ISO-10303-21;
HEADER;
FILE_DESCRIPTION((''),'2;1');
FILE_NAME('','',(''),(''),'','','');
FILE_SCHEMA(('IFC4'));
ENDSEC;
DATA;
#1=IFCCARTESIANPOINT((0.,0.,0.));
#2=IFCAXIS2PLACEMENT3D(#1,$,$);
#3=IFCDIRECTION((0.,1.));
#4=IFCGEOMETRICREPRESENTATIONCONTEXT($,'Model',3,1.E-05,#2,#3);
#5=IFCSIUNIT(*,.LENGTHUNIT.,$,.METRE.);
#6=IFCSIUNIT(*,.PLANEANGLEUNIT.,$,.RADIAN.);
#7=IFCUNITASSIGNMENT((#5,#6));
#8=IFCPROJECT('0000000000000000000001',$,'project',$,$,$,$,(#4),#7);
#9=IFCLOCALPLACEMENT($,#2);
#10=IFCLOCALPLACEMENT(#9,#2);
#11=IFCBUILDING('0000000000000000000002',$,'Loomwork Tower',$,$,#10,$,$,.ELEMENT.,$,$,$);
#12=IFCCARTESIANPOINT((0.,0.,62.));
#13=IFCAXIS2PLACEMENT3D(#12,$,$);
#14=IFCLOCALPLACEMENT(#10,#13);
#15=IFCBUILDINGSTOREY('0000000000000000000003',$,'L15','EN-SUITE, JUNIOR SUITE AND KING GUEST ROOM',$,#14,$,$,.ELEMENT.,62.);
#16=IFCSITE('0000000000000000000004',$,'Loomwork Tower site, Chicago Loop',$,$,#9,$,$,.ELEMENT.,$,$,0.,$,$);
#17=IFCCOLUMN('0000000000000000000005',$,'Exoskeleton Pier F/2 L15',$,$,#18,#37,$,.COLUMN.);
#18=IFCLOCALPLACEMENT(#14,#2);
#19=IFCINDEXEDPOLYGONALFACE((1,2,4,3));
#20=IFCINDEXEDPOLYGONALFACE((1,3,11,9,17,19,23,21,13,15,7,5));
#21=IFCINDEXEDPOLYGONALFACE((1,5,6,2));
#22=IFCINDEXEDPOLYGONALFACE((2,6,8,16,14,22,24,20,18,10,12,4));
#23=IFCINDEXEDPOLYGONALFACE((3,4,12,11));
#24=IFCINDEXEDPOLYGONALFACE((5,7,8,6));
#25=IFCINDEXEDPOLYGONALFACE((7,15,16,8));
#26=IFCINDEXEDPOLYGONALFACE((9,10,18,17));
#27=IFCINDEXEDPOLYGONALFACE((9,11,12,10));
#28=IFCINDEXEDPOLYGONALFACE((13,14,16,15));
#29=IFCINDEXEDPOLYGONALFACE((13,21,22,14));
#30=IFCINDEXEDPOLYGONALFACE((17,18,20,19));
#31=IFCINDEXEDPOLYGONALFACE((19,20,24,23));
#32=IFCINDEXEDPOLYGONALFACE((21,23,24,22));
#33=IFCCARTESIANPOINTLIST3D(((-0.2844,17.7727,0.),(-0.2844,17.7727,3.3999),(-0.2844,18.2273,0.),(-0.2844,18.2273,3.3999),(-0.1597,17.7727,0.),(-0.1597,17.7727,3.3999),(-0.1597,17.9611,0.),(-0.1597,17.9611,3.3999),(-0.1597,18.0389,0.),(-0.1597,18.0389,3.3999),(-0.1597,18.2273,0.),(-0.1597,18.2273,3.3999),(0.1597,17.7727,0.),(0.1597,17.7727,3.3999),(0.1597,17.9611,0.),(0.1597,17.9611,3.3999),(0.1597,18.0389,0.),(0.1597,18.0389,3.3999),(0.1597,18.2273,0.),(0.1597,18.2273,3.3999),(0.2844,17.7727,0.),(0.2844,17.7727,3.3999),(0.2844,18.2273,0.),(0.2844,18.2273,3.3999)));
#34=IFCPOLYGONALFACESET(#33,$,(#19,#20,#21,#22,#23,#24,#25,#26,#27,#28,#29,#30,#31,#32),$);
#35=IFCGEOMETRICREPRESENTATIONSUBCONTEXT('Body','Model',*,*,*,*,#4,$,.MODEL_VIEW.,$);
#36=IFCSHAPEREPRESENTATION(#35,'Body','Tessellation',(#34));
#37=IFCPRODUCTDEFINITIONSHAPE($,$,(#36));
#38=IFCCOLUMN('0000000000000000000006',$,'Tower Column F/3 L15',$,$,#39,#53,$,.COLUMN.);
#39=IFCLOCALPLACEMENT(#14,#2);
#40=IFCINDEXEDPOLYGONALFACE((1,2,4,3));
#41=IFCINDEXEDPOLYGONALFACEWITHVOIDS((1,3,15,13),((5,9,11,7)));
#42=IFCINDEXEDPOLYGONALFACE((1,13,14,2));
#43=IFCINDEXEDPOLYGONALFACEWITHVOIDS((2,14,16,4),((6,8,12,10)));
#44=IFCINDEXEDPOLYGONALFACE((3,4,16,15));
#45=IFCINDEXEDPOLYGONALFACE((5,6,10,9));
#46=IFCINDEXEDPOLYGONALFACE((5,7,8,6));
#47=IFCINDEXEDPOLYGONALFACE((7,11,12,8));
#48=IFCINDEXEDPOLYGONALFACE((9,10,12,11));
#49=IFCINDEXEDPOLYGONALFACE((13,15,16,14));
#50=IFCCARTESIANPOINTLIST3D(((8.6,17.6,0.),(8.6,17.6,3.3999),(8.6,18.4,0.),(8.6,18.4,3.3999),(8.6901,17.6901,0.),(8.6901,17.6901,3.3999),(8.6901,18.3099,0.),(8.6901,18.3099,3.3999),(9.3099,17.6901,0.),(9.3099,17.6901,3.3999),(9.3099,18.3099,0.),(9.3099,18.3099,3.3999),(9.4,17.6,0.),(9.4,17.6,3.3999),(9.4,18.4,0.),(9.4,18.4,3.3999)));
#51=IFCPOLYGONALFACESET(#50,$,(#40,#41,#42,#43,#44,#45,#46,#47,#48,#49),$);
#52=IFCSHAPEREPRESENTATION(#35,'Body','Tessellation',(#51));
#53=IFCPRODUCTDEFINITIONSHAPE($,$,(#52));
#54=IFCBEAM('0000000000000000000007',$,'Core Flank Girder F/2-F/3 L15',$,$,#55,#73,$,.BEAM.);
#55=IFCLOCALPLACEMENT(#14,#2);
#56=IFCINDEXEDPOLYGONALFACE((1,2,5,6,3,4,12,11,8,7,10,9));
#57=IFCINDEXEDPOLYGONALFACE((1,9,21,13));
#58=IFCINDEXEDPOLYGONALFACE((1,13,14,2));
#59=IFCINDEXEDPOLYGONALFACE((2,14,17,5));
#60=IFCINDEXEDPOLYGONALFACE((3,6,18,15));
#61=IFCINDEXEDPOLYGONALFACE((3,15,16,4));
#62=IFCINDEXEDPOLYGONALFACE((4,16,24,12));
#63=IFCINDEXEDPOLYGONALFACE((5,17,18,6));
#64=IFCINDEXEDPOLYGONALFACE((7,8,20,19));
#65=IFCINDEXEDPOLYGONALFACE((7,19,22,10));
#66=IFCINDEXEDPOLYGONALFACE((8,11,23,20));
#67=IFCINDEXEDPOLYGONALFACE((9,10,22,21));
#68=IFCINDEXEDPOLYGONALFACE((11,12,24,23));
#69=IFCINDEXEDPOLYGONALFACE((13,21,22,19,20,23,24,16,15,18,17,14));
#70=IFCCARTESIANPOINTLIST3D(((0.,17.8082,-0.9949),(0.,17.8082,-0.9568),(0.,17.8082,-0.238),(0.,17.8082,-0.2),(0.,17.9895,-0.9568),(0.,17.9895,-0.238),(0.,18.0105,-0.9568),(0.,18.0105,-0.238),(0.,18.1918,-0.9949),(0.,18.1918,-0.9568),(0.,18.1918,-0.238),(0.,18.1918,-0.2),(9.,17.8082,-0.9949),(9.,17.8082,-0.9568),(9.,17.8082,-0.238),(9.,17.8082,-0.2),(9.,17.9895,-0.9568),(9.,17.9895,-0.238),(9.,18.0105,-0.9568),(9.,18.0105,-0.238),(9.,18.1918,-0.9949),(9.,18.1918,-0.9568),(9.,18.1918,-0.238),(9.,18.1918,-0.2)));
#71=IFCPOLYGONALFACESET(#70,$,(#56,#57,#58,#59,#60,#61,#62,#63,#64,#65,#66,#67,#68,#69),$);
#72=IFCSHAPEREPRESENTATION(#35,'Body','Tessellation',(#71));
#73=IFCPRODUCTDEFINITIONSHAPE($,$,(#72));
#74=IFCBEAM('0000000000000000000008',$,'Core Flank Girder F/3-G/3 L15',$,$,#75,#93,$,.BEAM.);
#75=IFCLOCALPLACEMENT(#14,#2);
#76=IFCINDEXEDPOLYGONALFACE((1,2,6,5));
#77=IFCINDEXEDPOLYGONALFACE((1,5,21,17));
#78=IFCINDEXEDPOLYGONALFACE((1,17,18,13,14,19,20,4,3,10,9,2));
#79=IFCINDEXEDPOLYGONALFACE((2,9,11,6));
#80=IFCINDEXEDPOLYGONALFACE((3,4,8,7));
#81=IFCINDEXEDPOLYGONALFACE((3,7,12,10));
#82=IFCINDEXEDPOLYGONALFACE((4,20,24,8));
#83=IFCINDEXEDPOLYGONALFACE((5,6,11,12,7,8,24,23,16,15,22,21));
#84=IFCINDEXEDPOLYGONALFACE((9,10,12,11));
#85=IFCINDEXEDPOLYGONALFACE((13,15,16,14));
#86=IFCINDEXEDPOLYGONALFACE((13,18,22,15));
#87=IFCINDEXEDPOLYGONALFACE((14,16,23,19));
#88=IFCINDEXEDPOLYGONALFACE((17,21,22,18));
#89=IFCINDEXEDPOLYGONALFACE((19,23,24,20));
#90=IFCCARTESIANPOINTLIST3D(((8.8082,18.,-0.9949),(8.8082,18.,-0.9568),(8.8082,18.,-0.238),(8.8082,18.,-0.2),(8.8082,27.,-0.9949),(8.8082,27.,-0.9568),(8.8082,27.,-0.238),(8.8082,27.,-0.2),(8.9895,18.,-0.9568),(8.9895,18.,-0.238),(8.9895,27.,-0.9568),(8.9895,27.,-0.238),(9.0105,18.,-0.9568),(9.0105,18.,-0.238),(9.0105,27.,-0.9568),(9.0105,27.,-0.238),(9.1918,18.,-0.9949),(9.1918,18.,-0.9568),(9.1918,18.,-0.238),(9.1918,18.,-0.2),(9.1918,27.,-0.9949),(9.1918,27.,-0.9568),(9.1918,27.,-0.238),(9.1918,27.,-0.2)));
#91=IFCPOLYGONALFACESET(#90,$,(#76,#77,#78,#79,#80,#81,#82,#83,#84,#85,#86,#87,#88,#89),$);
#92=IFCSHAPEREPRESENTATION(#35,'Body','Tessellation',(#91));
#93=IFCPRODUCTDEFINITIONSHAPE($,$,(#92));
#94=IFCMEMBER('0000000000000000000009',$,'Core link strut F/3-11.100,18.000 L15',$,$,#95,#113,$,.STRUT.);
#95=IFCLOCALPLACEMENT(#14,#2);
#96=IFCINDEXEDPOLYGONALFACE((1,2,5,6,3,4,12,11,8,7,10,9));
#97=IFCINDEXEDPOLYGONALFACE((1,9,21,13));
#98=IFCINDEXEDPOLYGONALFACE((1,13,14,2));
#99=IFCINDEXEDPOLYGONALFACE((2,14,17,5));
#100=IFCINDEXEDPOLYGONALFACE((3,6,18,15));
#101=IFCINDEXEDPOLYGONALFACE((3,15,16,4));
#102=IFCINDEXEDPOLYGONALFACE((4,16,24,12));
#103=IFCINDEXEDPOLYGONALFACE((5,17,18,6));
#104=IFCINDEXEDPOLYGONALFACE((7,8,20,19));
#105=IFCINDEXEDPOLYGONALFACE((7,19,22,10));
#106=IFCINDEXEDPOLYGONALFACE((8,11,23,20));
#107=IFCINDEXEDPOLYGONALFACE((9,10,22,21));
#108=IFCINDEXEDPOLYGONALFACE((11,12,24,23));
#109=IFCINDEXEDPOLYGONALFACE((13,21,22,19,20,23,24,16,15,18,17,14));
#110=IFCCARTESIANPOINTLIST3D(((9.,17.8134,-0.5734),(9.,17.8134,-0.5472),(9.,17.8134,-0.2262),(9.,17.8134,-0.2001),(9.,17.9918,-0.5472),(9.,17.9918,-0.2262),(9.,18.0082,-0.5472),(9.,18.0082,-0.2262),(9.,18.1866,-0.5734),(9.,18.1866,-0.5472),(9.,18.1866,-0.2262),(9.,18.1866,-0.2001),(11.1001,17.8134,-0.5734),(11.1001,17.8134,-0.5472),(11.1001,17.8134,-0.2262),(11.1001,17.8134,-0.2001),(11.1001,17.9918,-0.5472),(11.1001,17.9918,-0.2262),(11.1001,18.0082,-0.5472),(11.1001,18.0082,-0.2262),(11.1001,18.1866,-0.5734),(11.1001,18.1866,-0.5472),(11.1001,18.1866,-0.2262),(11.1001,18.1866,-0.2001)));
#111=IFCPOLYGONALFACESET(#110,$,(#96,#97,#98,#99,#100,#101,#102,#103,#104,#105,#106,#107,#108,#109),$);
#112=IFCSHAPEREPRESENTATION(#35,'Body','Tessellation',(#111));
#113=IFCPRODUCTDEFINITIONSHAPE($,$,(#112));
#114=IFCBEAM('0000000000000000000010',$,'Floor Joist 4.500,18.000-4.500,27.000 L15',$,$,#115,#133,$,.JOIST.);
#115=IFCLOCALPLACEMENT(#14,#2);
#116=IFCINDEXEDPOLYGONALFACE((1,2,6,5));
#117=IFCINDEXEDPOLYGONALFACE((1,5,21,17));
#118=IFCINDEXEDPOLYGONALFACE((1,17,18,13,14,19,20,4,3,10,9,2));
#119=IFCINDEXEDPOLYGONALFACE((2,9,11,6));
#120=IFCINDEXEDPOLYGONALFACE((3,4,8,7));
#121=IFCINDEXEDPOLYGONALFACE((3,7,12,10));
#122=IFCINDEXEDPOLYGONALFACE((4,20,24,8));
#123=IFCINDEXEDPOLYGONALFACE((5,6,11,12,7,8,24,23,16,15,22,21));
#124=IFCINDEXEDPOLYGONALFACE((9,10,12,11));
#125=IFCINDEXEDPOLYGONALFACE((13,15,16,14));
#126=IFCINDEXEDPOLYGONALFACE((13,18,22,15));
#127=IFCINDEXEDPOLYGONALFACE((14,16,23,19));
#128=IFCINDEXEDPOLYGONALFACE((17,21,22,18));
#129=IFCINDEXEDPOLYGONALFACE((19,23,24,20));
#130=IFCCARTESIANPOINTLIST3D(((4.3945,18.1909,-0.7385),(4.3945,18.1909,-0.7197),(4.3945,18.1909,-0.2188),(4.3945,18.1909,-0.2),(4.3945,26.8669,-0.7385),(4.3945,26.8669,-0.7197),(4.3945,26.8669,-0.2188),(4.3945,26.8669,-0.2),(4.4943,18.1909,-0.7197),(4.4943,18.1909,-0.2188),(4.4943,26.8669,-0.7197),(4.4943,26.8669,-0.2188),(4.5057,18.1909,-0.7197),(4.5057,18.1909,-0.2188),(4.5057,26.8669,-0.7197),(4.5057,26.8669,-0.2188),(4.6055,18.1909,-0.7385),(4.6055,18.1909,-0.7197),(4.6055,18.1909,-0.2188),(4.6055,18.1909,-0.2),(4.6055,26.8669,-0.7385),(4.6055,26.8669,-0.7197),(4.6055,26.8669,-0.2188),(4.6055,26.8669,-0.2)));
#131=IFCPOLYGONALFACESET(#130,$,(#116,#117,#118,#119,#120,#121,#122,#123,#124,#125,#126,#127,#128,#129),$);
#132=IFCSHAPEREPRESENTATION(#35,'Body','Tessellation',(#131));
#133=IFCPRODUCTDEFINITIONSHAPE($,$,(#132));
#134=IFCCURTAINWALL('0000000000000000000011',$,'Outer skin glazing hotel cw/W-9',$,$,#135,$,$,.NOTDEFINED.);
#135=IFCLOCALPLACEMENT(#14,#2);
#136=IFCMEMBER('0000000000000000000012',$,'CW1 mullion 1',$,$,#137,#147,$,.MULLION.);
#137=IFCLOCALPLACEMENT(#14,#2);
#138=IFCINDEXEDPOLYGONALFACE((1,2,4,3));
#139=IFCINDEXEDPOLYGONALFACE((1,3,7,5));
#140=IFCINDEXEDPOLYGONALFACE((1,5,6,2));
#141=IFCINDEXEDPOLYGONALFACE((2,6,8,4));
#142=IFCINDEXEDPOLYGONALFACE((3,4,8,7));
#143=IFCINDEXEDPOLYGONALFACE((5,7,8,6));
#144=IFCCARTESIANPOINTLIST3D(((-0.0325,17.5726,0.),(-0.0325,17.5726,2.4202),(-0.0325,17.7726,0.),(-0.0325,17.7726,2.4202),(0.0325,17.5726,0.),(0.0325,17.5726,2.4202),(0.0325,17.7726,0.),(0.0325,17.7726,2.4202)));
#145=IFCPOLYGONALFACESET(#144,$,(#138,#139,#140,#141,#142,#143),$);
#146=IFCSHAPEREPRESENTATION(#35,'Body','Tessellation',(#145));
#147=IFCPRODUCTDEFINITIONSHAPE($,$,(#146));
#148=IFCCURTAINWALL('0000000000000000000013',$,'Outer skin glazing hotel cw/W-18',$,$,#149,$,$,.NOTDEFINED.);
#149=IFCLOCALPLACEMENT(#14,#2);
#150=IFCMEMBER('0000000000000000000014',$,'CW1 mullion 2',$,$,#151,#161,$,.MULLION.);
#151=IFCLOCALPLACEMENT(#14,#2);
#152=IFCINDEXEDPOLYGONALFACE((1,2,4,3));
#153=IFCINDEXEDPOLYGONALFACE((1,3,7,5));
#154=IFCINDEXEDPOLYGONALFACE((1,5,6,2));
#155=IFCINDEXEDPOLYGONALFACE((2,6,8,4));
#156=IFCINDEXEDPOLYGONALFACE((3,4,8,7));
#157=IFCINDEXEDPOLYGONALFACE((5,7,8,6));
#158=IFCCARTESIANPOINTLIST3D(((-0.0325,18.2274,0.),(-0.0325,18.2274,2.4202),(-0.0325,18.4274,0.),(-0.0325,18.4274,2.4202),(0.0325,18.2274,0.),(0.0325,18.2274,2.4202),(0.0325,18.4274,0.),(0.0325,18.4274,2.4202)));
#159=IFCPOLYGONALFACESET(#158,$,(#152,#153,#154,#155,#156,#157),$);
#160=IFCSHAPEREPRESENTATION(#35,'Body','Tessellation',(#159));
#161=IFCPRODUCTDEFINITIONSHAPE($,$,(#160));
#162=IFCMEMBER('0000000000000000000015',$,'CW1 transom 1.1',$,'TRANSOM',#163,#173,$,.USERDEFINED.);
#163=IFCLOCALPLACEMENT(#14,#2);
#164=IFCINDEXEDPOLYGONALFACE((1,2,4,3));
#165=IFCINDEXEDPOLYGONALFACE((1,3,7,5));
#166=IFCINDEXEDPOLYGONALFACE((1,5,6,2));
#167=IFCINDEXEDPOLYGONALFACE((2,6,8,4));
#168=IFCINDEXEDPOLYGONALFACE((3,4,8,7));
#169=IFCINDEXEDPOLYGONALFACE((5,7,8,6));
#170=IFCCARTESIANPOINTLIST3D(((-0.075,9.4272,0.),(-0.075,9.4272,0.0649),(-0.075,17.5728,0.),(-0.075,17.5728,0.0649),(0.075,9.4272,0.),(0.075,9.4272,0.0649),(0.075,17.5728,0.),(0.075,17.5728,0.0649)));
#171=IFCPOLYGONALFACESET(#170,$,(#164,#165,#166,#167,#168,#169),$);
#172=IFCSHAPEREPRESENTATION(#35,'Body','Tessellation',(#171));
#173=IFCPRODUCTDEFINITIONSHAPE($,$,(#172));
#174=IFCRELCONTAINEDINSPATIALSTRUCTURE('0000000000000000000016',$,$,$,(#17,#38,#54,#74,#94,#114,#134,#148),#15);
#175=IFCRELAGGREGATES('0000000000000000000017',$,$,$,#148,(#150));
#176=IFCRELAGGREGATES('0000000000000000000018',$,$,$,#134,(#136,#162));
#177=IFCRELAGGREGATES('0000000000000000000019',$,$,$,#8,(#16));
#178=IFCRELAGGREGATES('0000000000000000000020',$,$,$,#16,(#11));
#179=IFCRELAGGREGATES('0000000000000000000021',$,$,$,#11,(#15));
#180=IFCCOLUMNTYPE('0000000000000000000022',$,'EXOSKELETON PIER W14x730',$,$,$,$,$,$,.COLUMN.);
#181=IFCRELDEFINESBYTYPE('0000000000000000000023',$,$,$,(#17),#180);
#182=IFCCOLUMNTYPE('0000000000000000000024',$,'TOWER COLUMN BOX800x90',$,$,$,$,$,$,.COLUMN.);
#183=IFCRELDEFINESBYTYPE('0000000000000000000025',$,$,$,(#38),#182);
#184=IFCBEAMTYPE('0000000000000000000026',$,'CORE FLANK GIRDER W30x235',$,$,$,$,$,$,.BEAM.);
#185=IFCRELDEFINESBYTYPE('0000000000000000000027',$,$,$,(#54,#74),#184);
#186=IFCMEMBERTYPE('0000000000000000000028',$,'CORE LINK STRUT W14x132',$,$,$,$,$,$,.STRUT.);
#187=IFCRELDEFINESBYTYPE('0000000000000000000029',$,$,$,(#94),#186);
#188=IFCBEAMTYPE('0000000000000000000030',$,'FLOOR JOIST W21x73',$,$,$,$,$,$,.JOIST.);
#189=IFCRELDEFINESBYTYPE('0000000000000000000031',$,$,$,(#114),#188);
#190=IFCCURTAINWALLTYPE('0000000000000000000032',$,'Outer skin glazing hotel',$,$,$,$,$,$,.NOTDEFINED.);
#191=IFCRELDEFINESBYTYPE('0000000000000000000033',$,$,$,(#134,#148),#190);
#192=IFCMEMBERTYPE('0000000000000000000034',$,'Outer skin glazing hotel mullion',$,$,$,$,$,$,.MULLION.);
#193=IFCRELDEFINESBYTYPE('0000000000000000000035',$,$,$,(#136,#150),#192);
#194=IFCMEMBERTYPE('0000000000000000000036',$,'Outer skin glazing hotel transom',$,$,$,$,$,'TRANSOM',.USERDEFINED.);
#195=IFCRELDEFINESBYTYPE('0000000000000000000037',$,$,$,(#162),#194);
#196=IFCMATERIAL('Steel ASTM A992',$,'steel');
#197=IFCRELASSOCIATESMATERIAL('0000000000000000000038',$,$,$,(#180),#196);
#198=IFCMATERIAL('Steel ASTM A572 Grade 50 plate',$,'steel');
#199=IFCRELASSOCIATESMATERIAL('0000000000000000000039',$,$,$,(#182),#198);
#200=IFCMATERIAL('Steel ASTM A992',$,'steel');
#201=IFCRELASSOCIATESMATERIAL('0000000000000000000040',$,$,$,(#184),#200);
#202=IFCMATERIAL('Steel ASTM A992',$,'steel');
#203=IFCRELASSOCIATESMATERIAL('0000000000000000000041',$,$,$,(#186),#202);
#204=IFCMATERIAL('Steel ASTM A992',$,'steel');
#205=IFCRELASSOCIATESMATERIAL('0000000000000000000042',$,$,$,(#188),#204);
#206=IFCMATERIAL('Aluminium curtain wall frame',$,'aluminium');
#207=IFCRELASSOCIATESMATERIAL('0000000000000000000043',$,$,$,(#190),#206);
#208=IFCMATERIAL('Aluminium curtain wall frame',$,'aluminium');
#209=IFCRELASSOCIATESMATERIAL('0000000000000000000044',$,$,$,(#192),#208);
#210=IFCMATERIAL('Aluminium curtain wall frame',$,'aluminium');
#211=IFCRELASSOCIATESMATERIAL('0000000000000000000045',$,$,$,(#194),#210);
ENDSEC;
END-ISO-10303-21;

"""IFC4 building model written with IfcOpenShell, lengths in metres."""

from ifc_helpers import new_model, si_unit, direction, frame, origin, origin_2d, place, context, subcontext, project, spatial, rectangle, hollow_rectangle, i_section, extrude, material, material_profile, profile_set, type_object, element, aggregate, save


model = new_model("IFC4")

# Units and contexts
model_context = context("Model", 3, precision=1e-05, world=origin(), true_north=direction((0.0, 1.0)))
body_context = subcontext(model_context, "Body", "Model", "MODEL_VIEW")
ifc_project = project(units=[si_unit("LENGTHUNIT", "METRE"), si_unit("PLANEANGLEUNIT", "RADIAN")], contexts=[model_context])

# Site, building, storey
site_placement = place(None, origin())
site = spatial("IfcSite", under=ifc_project, at=site_placement, Name="Loomwork Tower site, Chicago Loop", CompositionType="ELEMENT", RefElevation=0.0)
building_placement = place(site_placement, origin())
building = spatial("IfcBuilding", under=site, at=building_placement, Name="Loomwork Tower", CompositionType="ELEMENT")
storey_placement = place(building_placement, frame((0.0, 0.0, 62.0)))
storey = spatial("IfcBuildingStorey", under=building, at=storey_placement, Name="L15", Description="EN-SUITE, JUNIOR SUITE AND KING GUEST ROOM", CompositionType="ELEMENT", Elevation=62.0)

# Columns
ifc_material_1 = material(Name="Steel ASTM A992", Category="steel")
ifc_material_profile_1 = material_profile(ifc_material_1, i_section(OverallWidth=0.4546, OverallDepth=0.5688, WebThickness=0.0779, FlangeThickness=0.1248, at=origin_2d()), Name="W14x730")
ifc_profile_set_1 = profile_set([ifc_material_profile_1], Name="Steel ASTM A992")
column_type_1 = type_object("IfcColumnType", Name="EXOSKELETON PIER W14x730", PredefinedType="COLUMN", material=ifc_profile_set_1)
column_1_placement = place(storey_placement, frame((0.0, 18.0, 0.0), z_axis=(0.0, 0.0, 1.0), x_axis=(0.0, 1.0, 0.0)))
element("IfcColumn", 1, at=column_1_placement, inside=storey, type_object=column_type_1, Name="Exoskeleton Pier F/2 L15", PredefinedType="COLUMN", context=body_context, shape_type="SweptSolid", body=[
    extrude(i_section(OverallWidth=0.4546, OverallDepth=0.5688, WebThickness=0.0779, FlangeThickness=0.1248, at=origin_2d()), origin(), (0.0, 0.0, 1.0), 3.3999),
])
ifc_material_2 = material(Name="Steel ASTM A572 Grade 50 plate", Category="steel")
ifc_material_profile_2 = material_profile(ifc_material_2, hollow_rectangle(XDim=0.8, YDim=0.8, WallThickness=0.0901, at=origin_2d()), Name="BOX800x90")
ifc_profile_set_2 = profile_set([ifc_material_profile_2], Name="Steel ASTM A572 Grade 50 plate")
column_type_2 = type_object("IfcColumnType", Name="TOWER COLUMN BOX800x90", PredefinedType="COLUMN", material=ifc_profile_set_2)
column_2_placement = place(storey_placement, frame((9.0, 18.0, 0.0), z_axis=(0.0, 0.0, 1.0), x_axis=(1.0, 0.0, 0.0)))
element("IfcColumn", 2, at=column_2_placement, inside=storey, type_object=column_type_2, Name="Tower Column F/3 L15", PredefinedType="COLUMN", context=body_context, shape_type="SweptSolid", body=[
    extrude(hollow_rectangle(XDim=0.8, YDim=0.8, WallThickness=0.0901, at=origin_2d()), origin(), (0.0, 0.0, 1.0), 3.3999),
])

# Beams
ifc_material_3 = material(Name="Steel ASTM A992", Category="steel")
ifc_material_profile_3 = material_profile(ifc_material_3, i_section(OverallWidth=0.3835, OverallDepth=0.7949, WebThickness=0.021, FlangeThickness=0.0381, at=origin_2d()), Name="W30x235")
ifc_profile_set_3 = profile_set([ifc_material_profile_3], Name="Steel ASTM A992")
beam_type_1 = type_object("IfcBeamType", Name="CORE FLANK GIRDER W30x235", PredefinedType="BEAM", material=ifc_profile_set_3)
for number, where, z_axis, x_axis, name in (
    (3, (0.0, 18.0, -0.5974), (1.0, 0.0, 0.0), (0.0, 1.0, 0.0), "Core Flank Girder F/2-F/3 L15"),
    (4, (9.0, 18.0, -0.5974), (0.0, 1.0, 0.0), (-1.0, 0.0, 0.0), "Core Flank Girder F/3-G/3 L15"),
):
    element("IfcBeam", number, at=place(storey_placement, frame(where, z_axis=z_axis, x_axis=x_axis)), inside=storey, type_object=beam_type_1, Name=name, PredefinedType="BEAM", context=body_context, shape_type="SweptSolid", body=[
        extrude(i_section(OverallWidth=0.3835, OverallDepth=0.7949, WebThickness=0.021, FlangeThickness=0.0381, at=origin_2d()), origin(), (0.0, 0.0, 1.0), 9.0),
    ])

# Member
ifc_material_4 = material(Name="Steel ASTM A992", Category="steel")
ifc_material_profile_4 = material_profile(ifc_material_4, i_section(OverallWidth=0.3733, OverallDepth=0.3733, WebThickness=0.0164, FlangeThickness=0.0261, at=origin_2d()), Name="W14x132")
ifc_profile_set_4 = profile_set([ifc_material_profile_4], Name="Steel ASTM A992")
member_type_1 = type_object("IfcMemberType", Name="CORE LINK STRUT W14x132", PredefinedType="STRUT", material=ifc_profile_set_4)
member_1_placement = place(storey_placement, frame((9.0, 18.0, -0.3867), z_axis=(1.0, 0.0, 0.0), x_axis=(0.0, 1.0, 0.0)))
element("IfcMember", 5, at=member_1_placement, inside=storey, type_object=member_type_1, Name="Core link strut F/3-11.100,18.000 L15", PredefinedType="STRUT", context=body_context, shape_type="SweptSolid", body=[
    extrude(i_section(OverallWidth=0.3733, OverallDepth=0.3733, WebThickness=0.0164, FlangeThickness=0.0261, at=origin_2d()), origin(), (0.0, 0.0, 1.0), 2.1001),
])

# Beam
ifc_material_5 = material(Name="Steel ASTM A992", Category="steel")
ifc_material_profile_5 = material_profile(ifc_material_5, i_section(OverallWidth=0.2109, OverallDepth=0.5386, WebThickness=0.0115, FlangeThickness=0.0188, at=origin_2d()), Name="W21x73")
ifc_profile_set_5 = profile_set([ifc_material_profile_5], Name="Steel ASTM A992")
beam_type_2 = type_object("IfcBeamType", Name="FLOOR JOIST W21x73", PredefinedType="JOIST", material=ifc_profile_set_5)
beam_1_placement = place(storey_placement, frame((4.5, 18.1909, -0.4692), z_axis=(0.0, 1.0, 0.0), x_axis=(-1.0, 0.0, 0.0)))
element("IfcBeam", 6, at=beam_1_placement, inside=storey, type_object=beam_type_2, Name="Floor Joist 4.500,18.000-4.500,27.000 L15", PredefinedType="JOIST", context=body_context, shape_type="SweptSolid", body=[
    extrude(i_section(OverallWidth=0.2109, OverallDepth=0.5386, WebThickness=0.0115, FlangeThickness=0.0188, at=origin_2d()), origin(), (0.0, 0.0, 1.0), 8.676),
])

# Curtain walls, members
ifc_material_6 = material(Name="Aluminium curtain wall frame", Category="aluminium")
curtain_wall_type = type_object("IfcCurtainWallType", Name="Outer skin glazing hotel", PredefinedType="NOTDEFINED", material=ifc_material_6)
curtain_wall_1_placement = place(storey_placement, origin())
curtain_wall_1 = element("IfcCurtainWall", 7, at=curtain_wall_1_placement, inside=storey, type_object=curtain_wall_type, Name="Outer skin glazing hotel cw/W-9", PredefinedType="NOTDEFINED")
ifc_material_7 = material(Name="Aluminium curtain wall frame", Category="aluminium")
ifc_material_profile_6 = material_profile(ifc_material_7, rectangle(XDim=0.0649, YDim=0.2, at=origin_2d()), Name="AL 65x200")
ifc_profile_set_6 = profile_set([ifc_material_profile_6], Name="Aluminium curtain wall frame")
member_type_2 = type_object("IfcMemberType", Name="Outer skin glazing hotel mullion", PredefinedType="MULLION", material=ifc_profile_set_6)
member_2_placement = place(storey_placement, frame((0.0, 17.6726, 0.0), z_axis=(0.0, 0.0, 1.0), x_axis=(1.0, 0.0, 0.0)))
member_2 = element("IfcMember", 8, at=member_2_placement, type_object=member_type_2, Name="CW1 mullion 1", PredefinedType="MULLION", context=body_context, shape_type="SweptSolid", body=[
    extrude(rectangle(XDim=0.0649, YDim=0.2, at=origin_2d()), origin(), (0.0, 0.0, 1.0), 2.4202),
])
curtain_wall_2_placement = place(storey_placement, origin())
curtain_wall_2 = element("IfcCurtainWall", 9, at=curtain_wall_2_placement, inside=storey, type_object=curtain_wall_type, Name="Outer skin glazing hotel cw/W-18", PredefinedType="NOTDEFINED")
member_3_placement = place(storey_placement, frame((0.0, 18.3274, 0.0), z_axis=(0.0, 0.0, 1.0), x_axis=(1.0, 0.0, 0.0)))
member_3 = element("IfcMember", 10, at=member_3_placement, type_object=member_type_2, Name="CW1 mullion 2", PredefinedType="MULLION", context=body_context, shape_type="SweptSolid", body=[
    extrude(rectangle(XDim=0.0649, YDim=0.2, at=origin_2d()), origin(), (0.0, 0.0, 1.0), 2.4202),
])
aggregate(curtain_wall_2, [member_3])

# Member
ifc_material_8 = material(Name="Aluminium curtain wall frame", Category="aluminium")
ifc_material_profile_7 = material_profile(ifc_material_8, rectangle(XDim=0.1499, YDim=0.0649, at=origin_2d()), Name="AL 65x150")
ifc_profile_set_7 = profile_set([ifc_material_profile_7], Name="Aluminium curtain wall frame")
member_type_3 = type_object("IfcMemberType", Name="Outer skin glazing hotel transom", ElementType="TRANSOM", PredefinedType="USERDEFINED", material=ifc_profile_set_7)
member_4_placement = place(storey_placement, frame((0.0, 17.5728, 0.0325), z_axis=(0.0, -1.0, 0.0), x_axis=(1.0, 0.0, 0.0)))
member_4 = element("IfcMember", 11, at=member_4_placement, type_object=member_type_3, Name="CW1 transom 1.1", ObjectType="TRANSOM", PredefinedType="USERDEFINED", context=body_context, shape_type="SweptSolid", body=[
    extrude(rectangle(XDim=0.1499, YDim=0.0649, at=origin_2d()), origin(), (0.0, 0.0, 1.0), 8.1455),
])
aggregate(curtain_wall_1, [member_2, member_4])

save(model, "model.ifc")
